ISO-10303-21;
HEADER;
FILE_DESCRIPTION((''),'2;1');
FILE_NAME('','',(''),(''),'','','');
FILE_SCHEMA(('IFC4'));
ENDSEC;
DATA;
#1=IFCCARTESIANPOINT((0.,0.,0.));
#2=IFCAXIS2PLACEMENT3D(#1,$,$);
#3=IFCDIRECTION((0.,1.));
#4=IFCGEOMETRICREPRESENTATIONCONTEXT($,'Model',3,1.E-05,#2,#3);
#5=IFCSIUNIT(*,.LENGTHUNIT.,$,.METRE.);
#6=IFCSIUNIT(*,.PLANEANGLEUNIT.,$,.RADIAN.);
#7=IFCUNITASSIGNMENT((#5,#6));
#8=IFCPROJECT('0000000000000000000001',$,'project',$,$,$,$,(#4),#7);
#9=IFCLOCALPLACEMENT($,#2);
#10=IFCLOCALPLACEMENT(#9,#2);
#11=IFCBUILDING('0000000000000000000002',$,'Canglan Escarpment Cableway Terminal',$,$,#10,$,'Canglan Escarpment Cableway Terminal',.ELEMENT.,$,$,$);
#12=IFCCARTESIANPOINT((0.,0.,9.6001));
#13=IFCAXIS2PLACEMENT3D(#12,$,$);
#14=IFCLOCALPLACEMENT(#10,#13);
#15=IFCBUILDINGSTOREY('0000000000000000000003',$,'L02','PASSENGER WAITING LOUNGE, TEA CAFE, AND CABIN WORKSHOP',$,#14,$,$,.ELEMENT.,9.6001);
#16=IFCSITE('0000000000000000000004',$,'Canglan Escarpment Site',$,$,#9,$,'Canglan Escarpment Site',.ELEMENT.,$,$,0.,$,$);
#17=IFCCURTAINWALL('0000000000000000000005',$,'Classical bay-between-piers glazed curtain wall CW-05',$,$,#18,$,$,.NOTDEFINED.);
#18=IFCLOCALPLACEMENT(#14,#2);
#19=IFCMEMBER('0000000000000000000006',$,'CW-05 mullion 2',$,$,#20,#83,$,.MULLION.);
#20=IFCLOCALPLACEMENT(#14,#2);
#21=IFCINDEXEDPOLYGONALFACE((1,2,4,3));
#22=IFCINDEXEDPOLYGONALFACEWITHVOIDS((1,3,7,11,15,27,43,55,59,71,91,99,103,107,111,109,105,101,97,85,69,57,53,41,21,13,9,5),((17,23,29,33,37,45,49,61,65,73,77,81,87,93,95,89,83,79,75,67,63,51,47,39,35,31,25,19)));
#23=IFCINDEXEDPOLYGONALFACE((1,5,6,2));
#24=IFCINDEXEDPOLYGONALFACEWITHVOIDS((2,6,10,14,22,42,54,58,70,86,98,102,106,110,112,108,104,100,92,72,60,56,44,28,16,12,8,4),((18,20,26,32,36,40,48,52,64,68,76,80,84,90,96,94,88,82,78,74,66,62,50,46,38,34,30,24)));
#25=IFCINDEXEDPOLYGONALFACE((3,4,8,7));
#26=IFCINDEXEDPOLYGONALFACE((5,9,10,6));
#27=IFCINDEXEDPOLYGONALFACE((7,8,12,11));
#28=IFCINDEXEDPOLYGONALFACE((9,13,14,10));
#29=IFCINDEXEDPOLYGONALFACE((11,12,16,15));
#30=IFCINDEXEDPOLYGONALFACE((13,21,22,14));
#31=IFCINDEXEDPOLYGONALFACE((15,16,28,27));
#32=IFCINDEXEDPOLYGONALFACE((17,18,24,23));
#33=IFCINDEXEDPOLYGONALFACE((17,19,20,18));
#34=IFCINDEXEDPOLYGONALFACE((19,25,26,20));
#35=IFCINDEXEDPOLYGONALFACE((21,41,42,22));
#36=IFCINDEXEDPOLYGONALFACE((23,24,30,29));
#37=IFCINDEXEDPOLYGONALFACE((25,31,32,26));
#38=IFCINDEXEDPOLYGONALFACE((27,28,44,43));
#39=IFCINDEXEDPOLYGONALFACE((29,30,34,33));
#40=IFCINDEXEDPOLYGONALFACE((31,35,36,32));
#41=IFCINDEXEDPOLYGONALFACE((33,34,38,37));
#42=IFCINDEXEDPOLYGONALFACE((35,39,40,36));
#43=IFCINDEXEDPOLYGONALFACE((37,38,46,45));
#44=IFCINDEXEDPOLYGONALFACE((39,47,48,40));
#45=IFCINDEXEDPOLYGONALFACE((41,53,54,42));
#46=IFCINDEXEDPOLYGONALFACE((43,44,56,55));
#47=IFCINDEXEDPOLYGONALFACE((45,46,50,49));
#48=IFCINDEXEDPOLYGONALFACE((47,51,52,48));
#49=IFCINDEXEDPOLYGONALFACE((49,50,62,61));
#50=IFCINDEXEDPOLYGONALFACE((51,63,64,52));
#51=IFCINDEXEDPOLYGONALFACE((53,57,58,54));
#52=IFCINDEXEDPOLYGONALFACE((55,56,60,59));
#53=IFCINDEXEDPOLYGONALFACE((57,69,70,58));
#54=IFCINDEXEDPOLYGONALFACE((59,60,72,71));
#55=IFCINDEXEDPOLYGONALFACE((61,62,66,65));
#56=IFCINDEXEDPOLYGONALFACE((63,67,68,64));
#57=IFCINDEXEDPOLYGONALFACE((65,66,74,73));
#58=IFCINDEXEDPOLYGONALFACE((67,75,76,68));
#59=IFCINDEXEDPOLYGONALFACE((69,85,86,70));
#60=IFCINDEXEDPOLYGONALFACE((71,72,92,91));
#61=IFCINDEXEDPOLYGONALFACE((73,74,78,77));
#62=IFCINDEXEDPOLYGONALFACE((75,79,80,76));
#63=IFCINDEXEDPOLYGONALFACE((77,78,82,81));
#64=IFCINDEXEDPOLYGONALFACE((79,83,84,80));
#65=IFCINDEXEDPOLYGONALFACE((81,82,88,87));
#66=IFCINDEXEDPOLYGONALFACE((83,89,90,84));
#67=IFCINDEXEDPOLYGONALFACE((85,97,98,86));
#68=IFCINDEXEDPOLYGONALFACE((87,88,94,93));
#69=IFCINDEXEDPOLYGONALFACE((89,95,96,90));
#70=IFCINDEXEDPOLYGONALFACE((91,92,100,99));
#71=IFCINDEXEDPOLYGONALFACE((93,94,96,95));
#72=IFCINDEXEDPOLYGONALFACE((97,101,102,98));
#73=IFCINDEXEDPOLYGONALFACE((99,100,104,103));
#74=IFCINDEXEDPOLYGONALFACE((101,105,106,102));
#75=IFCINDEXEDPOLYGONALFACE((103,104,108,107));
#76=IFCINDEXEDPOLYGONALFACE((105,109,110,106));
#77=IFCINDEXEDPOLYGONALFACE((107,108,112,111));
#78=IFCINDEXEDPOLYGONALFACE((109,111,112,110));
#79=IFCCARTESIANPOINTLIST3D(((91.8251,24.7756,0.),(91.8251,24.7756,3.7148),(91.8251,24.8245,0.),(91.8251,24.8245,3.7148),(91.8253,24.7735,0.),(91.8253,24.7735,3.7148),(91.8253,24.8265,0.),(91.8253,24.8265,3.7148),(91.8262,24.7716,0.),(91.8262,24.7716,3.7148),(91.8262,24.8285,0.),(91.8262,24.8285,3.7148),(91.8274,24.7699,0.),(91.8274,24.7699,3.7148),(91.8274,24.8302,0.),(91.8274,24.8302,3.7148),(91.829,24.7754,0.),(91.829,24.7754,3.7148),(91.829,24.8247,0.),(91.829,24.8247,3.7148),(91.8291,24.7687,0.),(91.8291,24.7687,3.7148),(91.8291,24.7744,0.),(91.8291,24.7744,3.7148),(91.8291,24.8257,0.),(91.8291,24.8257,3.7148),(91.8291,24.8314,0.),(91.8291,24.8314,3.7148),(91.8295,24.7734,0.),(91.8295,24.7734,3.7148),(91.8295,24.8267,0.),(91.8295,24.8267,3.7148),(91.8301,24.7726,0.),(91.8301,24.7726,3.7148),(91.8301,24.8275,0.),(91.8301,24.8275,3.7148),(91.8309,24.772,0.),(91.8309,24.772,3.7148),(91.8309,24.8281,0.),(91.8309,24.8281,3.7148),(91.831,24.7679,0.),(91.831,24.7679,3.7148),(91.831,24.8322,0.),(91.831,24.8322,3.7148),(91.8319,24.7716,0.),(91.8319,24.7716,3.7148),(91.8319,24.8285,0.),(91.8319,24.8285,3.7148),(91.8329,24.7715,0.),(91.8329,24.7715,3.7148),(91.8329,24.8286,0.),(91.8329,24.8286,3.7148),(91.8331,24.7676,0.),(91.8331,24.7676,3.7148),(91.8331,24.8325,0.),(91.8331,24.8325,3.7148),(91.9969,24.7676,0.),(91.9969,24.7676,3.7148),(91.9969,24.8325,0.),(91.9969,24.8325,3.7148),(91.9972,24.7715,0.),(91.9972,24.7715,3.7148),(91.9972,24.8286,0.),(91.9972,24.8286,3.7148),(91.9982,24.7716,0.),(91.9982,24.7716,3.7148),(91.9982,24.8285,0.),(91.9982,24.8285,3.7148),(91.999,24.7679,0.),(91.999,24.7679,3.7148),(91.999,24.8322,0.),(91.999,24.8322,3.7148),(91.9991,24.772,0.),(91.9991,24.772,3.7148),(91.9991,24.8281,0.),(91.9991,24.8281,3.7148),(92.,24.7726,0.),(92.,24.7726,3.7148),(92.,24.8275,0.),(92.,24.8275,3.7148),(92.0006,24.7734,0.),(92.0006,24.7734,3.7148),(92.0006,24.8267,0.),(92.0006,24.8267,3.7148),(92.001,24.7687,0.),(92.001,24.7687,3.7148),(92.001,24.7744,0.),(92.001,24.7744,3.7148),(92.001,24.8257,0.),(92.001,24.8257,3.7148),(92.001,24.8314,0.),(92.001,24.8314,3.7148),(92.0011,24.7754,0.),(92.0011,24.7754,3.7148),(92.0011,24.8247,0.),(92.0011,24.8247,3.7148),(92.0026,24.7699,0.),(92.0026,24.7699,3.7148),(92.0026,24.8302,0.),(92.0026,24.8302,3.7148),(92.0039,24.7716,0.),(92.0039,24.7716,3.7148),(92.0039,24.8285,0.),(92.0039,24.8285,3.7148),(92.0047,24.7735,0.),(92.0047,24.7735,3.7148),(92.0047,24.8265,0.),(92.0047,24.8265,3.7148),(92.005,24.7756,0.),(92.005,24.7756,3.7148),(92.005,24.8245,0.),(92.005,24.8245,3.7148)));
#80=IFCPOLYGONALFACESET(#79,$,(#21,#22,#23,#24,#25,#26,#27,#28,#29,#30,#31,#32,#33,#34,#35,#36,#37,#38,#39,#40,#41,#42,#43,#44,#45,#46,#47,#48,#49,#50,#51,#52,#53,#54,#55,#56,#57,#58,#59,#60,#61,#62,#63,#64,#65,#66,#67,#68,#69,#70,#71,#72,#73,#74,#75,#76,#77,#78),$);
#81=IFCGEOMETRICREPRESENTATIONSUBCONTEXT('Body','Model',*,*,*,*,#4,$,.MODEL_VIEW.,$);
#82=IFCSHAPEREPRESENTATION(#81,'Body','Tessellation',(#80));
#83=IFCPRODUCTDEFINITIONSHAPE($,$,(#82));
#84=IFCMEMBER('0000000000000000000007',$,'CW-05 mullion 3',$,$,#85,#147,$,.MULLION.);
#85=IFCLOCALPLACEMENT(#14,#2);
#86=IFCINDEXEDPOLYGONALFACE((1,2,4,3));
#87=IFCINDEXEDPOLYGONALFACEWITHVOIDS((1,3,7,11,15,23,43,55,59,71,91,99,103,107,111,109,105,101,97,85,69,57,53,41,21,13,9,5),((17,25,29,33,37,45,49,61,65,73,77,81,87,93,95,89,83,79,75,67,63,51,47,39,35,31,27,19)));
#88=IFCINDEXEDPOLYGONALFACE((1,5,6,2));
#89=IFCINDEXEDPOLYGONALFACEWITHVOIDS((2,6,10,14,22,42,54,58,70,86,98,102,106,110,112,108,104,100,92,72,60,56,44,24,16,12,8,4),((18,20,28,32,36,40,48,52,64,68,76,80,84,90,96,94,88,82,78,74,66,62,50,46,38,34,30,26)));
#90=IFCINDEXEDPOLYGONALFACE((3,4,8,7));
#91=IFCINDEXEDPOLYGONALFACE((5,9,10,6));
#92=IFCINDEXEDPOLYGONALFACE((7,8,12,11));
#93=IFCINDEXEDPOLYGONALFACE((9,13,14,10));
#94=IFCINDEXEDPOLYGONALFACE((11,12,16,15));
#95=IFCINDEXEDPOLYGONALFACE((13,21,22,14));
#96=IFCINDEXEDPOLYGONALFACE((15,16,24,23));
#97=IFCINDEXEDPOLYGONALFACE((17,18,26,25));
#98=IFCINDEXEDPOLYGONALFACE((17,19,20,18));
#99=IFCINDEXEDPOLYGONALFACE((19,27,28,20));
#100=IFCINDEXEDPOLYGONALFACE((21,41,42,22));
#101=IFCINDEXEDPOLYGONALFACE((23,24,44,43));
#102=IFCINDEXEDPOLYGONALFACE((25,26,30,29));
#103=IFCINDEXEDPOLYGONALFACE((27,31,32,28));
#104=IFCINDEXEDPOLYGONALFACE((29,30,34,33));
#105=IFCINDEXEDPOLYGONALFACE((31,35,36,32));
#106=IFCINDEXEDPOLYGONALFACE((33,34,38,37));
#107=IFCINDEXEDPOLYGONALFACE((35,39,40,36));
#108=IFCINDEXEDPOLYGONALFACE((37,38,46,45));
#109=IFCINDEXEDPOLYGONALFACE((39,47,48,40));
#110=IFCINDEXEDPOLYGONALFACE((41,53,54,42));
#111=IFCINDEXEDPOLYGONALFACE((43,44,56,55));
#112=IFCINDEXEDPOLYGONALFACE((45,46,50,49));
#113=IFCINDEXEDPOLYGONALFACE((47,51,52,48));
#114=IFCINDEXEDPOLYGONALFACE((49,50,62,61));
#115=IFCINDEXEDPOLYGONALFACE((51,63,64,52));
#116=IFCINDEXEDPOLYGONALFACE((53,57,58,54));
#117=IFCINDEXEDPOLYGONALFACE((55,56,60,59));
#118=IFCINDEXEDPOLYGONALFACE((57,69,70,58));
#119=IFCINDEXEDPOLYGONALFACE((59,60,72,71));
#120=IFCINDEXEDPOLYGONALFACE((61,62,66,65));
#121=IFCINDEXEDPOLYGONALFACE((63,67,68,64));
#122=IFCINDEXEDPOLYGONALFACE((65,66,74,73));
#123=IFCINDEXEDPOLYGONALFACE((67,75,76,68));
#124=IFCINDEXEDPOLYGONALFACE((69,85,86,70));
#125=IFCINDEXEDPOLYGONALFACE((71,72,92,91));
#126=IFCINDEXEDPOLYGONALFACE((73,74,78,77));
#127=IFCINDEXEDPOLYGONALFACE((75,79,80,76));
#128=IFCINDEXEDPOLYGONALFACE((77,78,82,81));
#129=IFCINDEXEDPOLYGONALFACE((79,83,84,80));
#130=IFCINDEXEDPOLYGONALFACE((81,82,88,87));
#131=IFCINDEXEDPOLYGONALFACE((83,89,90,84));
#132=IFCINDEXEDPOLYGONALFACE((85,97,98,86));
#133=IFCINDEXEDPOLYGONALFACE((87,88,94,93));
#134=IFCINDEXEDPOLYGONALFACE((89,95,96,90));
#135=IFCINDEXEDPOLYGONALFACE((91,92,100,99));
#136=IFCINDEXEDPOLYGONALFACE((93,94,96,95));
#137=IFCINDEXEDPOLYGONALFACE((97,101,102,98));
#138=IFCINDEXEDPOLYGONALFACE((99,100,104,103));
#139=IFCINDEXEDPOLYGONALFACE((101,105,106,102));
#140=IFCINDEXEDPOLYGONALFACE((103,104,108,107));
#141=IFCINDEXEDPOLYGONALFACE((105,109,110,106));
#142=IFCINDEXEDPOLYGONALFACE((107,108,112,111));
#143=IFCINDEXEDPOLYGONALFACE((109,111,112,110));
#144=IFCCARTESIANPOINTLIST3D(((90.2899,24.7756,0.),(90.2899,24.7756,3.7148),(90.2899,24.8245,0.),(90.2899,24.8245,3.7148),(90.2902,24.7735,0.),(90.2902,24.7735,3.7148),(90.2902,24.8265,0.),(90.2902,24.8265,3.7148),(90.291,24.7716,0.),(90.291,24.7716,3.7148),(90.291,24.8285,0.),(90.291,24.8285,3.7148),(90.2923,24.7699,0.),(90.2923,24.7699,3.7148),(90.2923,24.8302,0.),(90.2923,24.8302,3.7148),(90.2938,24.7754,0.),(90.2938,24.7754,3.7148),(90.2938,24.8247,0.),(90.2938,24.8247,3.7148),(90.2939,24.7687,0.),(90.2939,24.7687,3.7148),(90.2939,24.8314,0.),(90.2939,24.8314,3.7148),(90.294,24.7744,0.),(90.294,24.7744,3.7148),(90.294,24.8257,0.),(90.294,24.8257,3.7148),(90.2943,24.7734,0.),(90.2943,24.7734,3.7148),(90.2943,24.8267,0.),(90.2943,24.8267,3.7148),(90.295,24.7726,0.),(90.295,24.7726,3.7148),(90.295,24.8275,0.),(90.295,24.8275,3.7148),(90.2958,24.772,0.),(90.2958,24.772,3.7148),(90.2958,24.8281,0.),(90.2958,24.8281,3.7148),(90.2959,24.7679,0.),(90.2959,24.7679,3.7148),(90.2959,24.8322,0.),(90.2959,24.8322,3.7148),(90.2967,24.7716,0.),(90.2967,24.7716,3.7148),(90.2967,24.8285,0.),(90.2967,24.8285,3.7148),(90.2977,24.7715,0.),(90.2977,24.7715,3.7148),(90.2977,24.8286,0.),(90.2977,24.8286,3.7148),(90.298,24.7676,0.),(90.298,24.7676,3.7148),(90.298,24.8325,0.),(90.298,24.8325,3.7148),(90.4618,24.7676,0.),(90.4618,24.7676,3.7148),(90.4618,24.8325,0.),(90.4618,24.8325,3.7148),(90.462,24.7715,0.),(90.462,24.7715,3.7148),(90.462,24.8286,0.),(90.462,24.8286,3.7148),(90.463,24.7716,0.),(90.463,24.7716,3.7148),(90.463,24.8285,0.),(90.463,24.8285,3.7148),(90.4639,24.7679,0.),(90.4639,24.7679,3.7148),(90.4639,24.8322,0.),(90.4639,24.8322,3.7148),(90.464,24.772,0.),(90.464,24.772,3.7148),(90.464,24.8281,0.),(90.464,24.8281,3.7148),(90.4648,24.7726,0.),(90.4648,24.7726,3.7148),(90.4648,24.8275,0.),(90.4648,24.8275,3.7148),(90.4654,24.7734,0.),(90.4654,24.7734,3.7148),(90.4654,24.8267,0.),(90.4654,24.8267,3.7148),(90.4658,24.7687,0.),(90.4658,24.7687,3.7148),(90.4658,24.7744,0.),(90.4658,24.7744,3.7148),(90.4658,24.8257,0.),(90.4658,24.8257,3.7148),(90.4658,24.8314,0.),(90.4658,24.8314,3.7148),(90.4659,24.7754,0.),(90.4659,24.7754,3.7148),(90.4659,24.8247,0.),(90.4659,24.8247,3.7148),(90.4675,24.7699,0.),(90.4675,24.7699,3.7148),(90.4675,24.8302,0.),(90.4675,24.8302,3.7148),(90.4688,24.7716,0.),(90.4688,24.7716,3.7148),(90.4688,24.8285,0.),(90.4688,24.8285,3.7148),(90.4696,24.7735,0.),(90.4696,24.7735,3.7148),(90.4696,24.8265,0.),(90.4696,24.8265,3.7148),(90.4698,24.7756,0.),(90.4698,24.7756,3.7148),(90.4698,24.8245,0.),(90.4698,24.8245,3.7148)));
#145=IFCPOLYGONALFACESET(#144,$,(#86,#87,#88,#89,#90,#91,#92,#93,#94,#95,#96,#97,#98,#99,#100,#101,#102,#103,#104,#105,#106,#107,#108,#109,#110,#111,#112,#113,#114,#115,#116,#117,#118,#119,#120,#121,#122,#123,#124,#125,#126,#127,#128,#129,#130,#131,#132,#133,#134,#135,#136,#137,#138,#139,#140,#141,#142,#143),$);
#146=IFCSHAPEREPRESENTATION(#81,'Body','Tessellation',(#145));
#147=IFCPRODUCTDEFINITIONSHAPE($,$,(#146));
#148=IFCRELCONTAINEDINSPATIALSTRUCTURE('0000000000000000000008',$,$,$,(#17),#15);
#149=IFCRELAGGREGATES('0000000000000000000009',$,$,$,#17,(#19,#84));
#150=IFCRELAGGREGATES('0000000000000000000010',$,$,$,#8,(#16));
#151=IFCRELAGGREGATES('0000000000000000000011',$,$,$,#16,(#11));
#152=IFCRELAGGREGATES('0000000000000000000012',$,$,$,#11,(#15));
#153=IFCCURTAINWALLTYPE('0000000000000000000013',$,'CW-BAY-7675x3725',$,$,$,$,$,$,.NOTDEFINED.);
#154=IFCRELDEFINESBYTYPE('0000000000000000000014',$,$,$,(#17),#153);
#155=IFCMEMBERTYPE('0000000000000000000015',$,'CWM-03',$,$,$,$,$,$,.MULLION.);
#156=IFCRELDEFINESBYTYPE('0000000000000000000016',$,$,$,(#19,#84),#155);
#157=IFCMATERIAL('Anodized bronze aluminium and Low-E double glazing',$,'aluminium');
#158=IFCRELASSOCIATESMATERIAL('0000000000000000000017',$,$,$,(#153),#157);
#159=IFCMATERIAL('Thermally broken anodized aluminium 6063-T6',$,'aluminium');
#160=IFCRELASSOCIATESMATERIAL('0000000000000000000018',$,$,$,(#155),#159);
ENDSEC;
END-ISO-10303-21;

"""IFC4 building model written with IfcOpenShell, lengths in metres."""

from ifc_helpers import new_model, si_unit, direction, frame, origin, origin_2d, place, context, subcontext, project, spatial, hollow_rectangle, extrude, material, material_profile, profile_set, type_object, element, aggregate, save


model = new_model("IFC4")

# Units and contexts
model_context = context("Model", 3, precision=1e-05, world=origin(), true_north=direction((0.0, 1.0)))
body_context = subcontext(model_context, "Body", "Model", "MODEL_VIEW")
ifc_project = project(units=[si_unit("LENGTHUNIT", "METRE"), si_unit("PLANEANGLEUNIT", "RADIAN")], contexts=[model_context])

# Site, building, storey
site_placement = place(None, origin())
site = spatial("IfcSite", under=ifc_project, at=site_placement, Name="Canglan Escarpment Site", LongName="Canglan Escarpment Site", CompositionType="ELEMENT", RefElevation=0.0)
building_placement = place(site_placement, origin())
building = spatial("IfcBuilding", under=site, at=building_placement, Name="Canglan Escarpment Cableway Terminal", LongName="Canglan Escarpment Cableway Terminal", CompositionType="ELEMENT")
storey_placement = place(building_placement, frame((0.0, 0.0, 9.6001)))
storey = spatial("IfcBuildingStorey", under=building, at=storey_placement, Name="L02", Description="PASSENGER WAITING LOUNGE, TEA CAFE, AND CABIN WORKSHOP", CompositionType="ELEMENT", Elevation=9.6001)

# Curtain wall, members
ifc_material_1 = material(Name="Anodized bronze aluminium and Low-E double glazing", Category="aluminium")
curtain_wall_type = type_object("IfcCurtainWallType", Name="CW-BAY-7675x3725", PredefinedType="NOTDEFINED", material=ifc_material_1)
curtain_wall_placement = place(storey_placement, origin())
curtain_wall = element("IfcCurtainWall", 1, at=curtain_wall_placement, inside=storey, type_object=curtain_wall_type, Name="Classical bay-between-piers glazed curtain wall CW-05", PredefinedType="NOTDEFINED")
ifc_material_2 = material(Name="Thermally broken anodized aluminium 6063-T6", Category="aluminium")
ifc_material_profile_1 = material_profile(ifc_material_2, hollow_rectangle(XDim=0.0649, YDim=0.1799, WallThickness=0.0039, InnerFilletRadius=0.0039, OuterFilletRadius=0.0081, at=origin_2d()), Name="ALU-MULL 65x180x4")
ifc_profile_set_1 = profile_set([ifc_material_profile_1], Name="Thermally broken anodized aluminium 6063-T6")
member_type_1 = type_object("IfcMemberType", Name="CWM-03", PredefinedType="MULLION", material=ifc_profile_set_1)
member_1_placement = place(storey_placement, frame((91.915, 24.8, 0.0), z_axis=(0.0, 0.0, 1.0), x_axis=(0.0, -1.0, 0.0)))
member_1 = element("IfcMember", 2, at=member_1_placement, type_object=member_type_1, Name="CW-05 mullion 2", PredefinedType="MULLION", context=body_context, shape_type="SweptSolid", body=[
    extrude(hollow_rectangle(XDim=0.0649, YDim=0.1799, WallThickness=0.0039, InnerFilletRadius=0.0039, OuterFilletRadius=0.0081, at=origin_2d()), origin(), (0.0, 0.0, 1.0), 3.7148),
])
member_2_placement = place(storey_placement, frame((90.3799, 24.8, 0.0), z_axis=(0.0, 0.0, 1.0), x_axis=(0.0, -1.0, 0.0)))
member_2 = element("IfcMember", 3, at=member_2_placement, type_object=member_type_1, Name="CW-05 mullion 3", PredefinedType="MULLION", context=body_context, shape_type="SweptSolid", body=[
    extrude(hollow_rectangle(XDim=0.0649, YDim=0.1799, WallThickness=0.0039, InnerFilletRadius=0.0039, OuterFilletRadius=0.0081, at=origin_2d()), origin(), (0.0, 0.0, 1.0), 3.7148),
])
aggregate(curtain_wall, [member_1, member_2])

save(model, "model.ifc")
